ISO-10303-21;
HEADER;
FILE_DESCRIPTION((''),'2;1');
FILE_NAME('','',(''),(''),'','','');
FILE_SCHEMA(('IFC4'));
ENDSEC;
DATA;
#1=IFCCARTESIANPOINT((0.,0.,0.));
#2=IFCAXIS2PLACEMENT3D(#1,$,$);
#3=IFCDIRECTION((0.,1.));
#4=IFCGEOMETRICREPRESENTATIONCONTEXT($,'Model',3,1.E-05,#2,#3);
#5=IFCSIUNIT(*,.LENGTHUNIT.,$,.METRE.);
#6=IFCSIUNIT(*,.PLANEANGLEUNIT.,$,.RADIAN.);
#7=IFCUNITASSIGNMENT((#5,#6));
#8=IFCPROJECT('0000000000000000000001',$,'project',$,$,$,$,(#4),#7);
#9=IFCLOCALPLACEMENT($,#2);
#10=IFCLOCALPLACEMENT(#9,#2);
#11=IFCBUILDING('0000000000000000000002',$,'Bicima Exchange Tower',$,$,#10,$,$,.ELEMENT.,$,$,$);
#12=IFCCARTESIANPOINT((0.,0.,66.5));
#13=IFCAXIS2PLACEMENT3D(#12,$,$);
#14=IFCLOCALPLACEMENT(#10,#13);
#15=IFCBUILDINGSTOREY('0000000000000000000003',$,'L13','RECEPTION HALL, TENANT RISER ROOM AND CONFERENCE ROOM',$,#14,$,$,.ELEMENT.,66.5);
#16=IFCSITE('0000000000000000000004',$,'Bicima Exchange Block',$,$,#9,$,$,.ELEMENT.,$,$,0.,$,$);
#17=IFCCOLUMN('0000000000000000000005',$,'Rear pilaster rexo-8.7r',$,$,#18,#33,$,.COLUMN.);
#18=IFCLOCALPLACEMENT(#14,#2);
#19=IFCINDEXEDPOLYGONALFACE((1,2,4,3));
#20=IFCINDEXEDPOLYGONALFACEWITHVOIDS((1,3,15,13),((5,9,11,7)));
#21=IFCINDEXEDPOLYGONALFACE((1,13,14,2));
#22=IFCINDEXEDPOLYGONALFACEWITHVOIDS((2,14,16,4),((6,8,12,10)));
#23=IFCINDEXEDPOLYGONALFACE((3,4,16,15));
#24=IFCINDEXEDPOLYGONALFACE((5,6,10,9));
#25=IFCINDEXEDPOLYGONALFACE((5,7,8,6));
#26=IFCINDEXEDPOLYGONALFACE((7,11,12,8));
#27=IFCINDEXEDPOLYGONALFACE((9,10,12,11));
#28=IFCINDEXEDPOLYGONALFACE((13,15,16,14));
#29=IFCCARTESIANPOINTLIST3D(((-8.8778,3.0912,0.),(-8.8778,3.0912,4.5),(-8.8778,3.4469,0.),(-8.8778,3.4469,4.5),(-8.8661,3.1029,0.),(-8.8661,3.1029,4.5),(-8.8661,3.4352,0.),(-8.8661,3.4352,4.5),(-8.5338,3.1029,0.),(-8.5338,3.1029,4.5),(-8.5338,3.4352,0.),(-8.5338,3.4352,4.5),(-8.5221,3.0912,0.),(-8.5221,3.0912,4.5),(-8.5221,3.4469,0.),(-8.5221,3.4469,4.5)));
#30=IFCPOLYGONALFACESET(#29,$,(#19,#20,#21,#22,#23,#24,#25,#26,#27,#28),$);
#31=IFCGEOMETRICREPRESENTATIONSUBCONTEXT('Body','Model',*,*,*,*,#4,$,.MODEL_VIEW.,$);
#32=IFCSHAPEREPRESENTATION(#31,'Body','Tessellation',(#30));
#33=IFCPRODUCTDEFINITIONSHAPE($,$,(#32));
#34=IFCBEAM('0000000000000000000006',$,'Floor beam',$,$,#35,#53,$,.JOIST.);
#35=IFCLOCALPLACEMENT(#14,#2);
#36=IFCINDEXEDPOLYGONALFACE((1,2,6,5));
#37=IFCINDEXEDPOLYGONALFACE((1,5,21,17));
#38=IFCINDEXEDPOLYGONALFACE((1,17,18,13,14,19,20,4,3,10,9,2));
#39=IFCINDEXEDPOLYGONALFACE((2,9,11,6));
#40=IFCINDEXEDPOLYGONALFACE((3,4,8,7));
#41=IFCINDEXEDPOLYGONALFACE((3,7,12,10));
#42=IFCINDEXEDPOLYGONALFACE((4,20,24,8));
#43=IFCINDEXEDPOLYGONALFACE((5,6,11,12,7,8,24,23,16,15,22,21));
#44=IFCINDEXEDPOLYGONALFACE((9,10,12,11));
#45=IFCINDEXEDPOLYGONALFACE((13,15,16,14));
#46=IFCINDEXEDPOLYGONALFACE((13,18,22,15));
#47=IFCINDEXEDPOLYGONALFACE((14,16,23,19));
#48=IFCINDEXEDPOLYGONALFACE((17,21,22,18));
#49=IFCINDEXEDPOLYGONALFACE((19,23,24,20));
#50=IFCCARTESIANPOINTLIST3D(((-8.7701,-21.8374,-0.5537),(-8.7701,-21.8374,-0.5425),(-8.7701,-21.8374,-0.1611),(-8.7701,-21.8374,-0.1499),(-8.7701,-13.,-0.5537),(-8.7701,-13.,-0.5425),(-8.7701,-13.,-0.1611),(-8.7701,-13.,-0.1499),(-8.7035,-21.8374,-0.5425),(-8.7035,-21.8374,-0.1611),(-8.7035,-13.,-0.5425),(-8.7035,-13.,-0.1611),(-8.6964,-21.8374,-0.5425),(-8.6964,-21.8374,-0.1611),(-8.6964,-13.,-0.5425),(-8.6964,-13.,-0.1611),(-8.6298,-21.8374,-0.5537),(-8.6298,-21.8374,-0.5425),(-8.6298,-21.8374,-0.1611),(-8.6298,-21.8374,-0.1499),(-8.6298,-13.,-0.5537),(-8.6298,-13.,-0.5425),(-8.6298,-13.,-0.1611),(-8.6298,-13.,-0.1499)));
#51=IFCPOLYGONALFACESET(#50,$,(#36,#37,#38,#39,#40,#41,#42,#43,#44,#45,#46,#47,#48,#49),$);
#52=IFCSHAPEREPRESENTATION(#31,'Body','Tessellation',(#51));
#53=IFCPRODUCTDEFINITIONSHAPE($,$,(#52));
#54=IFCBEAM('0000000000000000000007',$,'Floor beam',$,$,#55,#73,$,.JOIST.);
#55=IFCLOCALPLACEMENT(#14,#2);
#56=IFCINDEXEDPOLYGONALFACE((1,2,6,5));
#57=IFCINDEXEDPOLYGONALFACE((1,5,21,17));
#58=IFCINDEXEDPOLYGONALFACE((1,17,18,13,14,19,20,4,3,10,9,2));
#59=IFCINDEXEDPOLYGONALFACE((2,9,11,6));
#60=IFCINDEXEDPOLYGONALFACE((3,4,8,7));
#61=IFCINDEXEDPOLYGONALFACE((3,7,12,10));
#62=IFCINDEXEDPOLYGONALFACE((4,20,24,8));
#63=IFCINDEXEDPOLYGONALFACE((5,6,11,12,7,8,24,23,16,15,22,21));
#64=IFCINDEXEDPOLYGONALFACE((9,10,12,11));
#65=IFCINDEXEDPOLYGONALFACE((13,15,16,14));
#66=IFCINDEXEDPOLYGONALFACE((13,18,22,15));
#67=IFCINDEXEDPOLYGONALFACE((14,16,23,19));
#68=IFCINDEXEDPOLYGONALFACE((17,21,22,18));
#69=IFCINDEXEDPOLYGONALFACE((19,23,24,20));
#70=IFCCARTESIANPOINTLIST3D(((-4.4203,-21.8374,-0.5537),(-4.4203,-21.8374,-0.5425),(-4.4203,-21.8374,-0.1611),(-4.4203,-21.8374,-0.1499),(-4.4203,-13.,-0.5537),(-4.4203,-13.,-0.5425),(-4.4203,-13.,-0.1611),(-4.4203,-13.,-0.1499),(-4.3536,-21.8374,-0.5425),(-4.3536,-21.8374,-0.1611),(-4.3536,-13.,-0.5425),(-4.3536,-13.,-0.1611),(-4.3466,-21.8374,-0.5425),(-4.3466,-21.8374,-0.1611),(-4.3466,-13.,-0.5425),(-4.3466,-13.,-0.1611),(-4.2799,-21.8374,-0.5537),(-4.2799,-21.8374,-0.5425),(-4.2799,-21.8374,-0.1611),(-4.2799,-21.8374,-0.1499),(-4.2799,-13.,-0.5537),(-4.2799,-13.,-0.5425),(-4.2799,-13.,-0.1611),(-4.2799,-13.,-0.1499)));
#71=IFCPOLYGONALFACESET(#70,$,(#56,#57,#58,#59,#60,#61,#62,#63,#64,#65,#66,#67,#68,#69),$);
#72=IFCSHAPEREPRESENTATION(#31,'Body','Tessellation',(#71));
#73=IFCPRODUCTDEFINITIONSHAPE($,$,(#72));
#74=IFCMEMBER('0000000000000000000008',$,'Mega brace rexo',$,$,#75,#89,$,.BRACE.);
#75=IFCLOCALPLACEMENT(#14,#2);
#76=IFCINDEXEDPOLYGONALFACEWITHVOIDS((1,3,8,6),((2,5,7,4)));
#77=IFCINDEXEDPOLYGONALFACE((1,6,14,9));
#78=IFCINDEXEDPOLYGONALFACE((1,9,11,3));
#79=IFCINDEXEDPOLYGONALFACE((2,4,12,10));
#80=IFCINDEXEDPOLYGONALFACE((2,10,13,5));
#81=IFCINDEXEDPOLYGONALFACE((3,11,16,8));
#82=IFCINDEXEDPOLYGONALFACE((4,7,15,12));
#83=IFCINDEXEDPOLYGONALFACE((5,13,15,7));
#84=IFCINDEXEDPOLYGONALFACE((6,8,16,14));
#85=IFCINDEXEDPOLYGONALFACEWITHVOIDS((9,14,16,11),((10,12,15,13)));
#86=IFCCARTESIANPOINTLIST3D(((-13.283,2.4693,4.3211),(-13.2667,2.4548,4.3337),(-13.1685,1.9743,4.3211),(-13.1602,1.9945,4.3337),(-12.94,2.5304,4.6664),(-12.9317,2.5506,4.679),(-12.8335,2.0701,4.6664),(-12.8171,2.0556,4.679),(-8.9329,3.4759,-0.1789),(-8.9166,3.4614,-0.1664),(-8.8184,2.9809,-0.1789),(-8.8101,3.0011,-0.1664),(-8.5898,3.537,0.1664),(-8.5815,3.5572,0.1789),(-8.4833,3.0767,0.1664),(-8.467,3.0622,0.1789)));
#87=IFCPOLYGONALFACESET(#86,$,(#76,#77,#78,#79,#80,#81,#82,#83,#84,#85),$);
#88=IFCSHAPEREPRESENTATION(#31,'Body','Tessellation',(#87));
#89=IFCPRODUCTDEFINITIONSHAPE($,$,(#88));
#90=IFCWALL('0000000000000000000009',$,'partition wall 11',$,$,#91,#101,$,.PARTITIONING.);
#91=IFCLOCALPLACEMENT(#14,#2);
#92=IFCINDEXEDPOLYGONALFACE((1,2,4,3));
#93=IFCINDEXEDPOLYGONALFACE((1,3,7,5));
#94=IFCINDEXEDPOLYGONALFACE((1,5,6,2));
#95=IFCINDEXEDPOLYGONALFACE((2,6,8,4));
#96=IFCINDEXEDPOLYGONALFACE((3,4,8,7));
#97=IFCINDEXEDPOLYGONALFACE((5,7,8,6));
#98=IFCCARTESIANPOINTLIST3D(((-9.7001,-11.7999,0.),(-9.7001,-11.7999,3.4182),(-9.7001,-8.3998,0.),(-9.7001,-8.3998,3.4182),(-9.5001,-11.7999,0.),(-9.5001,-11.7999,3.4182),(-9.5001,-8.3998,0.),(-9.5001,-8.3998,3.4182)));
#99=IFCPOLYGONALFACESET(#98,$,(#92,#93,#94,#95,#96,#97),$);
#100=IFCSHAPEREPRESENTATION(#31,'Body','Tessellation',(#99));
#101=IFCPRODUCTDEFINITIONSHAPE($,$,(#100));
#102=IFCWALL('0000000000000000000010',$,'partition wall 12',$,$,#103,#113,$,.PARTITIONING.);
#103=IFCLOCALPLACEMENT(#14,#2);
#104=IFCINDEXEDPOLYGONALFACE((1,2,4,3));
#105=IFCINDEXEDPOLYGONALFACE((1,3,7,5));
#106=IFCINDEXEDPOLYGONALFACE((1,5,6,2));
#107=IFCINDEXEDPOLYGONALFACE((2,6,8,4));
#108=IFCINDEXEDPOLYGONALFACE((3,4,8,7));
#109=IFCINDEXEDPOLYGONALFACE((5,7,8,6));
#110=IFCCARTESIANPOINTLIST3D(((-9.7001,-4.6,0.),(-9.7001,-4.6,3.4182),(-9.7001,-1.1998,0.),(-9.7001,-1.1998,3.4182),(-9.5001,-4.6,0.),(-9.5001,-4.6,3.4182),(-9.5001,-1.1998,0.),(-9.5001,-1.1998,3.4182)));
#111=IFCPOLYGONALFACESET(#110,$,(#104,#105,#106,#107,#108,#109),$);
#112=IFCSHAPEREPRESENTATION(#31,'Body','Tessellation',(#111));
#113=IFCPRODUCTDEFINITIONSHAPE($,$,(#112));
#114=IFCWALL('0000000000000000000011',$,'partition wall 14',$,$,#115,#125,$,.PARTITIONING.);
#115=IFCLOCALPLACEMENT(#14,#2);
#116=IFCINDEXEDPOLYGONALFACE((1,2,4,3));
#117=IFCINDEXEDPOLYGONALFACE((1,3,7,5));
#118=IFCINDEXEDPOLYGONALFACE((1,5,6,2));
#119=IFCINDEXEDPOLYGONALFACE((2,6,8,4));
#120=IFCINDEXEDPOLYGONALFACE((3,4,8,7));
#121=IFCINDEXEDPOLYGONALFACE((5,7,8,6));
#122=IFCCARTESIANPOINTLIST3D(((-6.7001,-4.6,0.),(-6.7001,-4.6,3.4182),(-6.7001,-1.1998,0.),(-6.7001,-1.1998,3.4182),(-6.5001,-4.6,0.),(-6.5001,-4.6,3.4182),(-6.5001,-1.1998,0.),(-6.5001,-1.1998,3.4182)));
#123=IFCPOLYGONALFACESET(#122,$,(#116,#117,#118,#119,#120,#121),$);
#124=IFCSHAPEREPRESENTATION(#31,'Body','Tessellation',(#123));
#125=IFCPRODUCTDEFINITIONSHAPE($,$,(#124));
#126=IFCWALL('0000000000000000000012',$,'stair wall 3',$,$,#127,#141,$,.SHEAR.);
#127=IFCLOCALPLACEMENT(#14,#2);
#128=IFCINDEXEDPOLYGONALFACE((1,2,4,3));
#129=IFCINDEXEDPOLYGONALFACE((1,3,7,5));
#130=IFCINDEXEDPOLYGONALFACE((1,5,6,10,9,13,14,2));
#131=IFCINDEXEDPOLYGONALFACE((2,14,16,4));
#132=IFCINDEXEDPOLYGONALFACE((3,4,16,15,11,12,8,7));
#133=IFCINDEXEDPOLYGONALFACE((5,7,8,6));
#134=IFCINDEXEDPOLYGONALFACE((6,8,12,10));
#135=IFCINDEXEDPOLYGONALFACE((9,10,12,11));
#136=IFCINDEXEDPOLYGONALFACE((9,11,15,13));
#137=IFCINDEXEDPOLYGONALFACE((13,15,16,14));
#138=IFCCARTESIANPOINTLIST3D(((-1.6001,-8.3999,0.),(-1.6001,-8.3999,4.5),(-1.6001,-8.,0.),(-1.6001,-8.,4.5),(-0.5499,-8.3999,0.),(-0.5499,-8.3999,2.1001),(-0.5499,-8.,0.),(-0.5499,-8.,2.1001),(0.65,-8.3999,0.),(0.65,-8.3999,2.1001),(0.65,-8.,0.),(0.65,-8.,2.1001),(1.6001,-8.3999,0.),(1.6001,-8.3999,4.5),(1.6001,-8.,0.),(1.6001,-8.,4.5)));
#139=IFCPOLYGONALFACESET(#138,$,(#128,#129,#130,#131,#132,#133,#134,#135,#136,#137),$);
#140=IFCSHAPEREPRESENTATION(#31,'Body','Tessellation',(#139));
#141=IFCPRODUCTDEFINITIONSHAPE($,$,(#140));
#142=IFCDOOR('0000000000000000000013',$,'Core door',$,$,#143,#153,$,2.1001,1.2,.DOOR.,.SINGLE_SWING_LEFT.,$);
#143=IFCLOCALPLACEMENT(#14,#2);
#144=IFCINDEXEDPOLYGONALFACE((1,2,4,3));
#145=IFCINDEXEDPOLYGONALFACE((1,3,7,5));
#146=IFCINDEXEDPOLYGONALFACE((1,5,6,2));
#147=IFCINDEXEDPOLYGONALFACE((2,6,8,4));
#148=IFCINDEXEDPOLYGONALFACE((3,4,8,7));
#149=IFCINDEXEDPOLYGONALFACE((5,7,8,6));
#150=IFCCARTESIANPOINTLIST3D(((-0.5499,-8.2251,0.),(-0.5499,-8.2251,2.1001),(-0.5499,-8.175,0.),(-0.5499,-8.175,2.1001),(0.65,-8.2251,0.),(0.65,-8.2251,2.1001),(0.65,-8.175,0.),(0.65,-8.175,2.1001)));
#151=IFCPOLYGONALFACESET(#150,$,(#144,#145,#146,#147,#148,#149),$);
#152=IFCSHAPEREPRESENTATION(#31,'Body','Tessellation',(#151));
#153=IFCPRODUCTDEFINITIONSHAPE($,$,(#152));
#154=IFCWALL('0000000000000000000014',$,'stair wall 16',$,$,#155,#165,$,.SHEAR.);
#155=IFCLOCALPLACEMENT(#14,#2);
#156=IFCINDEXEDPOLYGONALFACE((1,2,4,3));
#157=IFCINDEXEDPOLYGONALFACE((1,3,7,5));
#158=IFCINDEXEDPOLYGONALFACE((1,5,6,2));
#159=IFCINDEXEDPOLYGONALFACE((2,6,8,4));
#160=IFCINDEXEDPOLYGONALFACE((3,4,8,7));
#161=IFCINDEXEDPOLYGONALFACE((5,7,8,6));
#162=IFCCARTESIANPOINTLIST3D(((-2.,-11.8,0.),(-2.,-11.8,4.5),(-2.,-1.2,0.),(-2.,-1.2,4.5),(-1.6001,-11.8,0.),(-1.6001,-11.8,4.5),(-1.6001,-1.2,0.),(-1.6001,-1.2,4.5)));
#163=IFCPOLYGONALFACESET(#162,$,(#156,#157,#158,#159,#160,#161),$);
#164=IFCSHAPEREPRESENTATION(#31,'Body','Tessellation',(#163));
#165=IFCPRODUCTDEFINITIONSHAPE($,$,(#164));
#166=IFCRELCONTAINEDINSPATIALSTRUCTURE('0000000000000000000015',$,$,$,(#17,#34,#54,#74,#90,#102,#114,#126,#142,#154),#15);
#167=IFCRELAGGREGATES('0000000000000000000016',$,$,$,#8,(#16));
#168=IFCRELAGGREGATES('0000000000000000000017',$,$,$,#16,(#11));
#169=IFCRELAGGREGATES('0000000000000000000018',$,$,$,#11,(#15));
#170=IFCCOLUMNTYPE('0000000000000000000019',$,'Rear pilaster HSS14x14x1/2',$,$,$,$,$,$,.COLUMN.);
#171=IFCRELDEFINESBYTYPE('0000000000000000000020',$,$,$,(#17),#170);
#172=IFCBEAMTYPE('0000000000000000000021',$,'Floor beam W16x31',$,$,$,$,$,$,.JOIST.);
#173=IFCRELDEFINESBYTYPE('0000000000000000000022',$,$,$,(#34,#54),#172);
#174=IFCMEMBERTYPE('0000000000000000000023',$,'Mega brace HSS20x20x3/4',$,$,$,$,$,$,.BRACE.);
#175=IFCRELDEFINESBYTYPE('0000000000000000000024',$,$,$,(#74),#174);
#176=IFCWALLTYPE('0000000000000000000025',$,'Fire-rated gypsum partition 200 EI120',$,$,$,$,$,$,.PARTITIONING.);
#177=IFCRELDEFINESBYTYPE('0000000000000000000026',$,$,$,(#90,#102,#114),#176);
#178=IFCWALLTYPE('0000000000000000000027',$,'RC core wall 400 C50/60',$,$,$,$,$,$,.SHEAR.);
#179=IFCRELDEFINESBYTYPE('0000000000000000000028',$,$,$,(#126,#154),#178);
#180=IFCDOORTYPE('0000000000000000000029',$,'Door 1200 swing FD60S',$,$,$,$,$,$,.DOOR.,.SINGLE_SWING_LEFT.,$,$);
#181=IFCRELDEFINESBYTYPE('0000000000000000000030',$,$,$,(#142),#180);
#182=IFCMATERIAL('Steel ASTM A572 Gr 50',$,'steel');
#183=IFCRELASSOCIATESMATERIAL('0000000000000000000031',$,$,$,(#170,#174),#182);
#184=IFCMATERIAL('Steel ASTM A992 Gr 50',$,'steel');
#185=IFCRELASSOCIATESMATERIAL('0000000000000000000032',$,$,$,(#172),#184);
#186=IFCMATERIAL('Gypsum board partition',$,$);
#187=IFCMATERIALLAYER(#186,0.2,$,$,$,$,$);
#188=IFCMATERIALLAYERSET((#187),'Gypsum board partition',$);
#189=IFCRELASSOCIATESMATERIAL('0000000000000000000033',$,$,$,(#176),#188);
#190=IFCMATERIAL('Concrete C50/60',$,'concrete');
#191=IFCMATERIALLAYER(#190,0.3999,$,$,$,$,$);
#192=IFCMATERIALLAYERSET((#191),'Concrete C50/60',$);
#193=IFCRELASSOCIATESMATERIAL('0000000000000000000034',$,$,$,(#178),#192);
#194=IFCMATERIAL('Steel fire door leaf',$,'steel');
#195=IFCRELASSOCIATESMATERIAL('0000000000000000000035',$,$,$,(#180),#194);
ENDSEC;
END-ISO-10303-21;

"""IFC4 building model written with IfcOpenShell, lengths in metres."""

from ifc_helpers import new_model, si_unit, direction, frame, frame_2d, origin, origin_2d, place, context, subcontext, project, spatial, rectangle, hollow_rectangle, i_section, extrude, material, layer, layer_set, material_profile, profile_set, type_object, element, fill, save


model = new_model("IFC4")

# Units and contexts
model_context = context("Model", 3, precision=1e-05, world=origin(), true_north=direction((0.0, 1.0)))
body_context = subcontext(model_context, "Body", "Model", "MODEL_VIEW")
ifc_project = project(units=[si_unit("LENGTHUNIT", "METRE"), si_unit("PLANEANGLEUNIT", "RADIAN")], contexts=[model_context])

# Site, building, storey
site_placement = place(None, origin())
site = spatial("IfcSite", under=ifc_project, at=site_placement, Name="Bicima Exchange Block", CompositionType="ELEMENT", RefElevation=0.0)
building_placement = place(site_placement, origin())
building = spatial("IfcBuilding", under=site, at=building_placement, Name="Bicima Exchange Tower", CompositionType="ELEMENT")
storey_placement = place(building_placement, frame((0.0, 0.0, 66.5)))
storey = spatial("IfcBuildingStorey", under=building, at=storey_placement, Name="L13", Description="RECEPTION HALL, TENANT RISER ROOM AND CONFERENCE ROOM", CompositionType="ELEMENT", Elevation=66.5)

# Column
ifc_material_1 = material(Name="Steel ASTM A572 Gr 50", Category="steel")
ifc_material_profile_1 = material_profile(ifc_material_1, hollow_rectangle(XDim=0.3557, YDim=0.3557, WallThickness=0.0117, at=origin_2d()))
ifc_profile_set_1 = profile_set([ifc_material_profile_1], Name="Steel ASTM A572 Gr 50")
column_type = type_object("IfcColumnType", Name="Rear pilaster HSS14x14x1/2", PredefinedType="COLUMN", material=ifc_profile_set_1)
column_placement = place(storey_placement, frame((-8.7, 3.269, 0.0), z_axis=(0.0, 0.0, 1.0), x_axis=(1.0, 0.0, 0.0)))
element("IfcColumn", 1, at=column_placement, inside=storey, type_object=column_type, Name="Rear pilaster rexo-8.7r", PredefinedType="COLUMN", context=body_context, shape_type="SweptSolid", body=[
    extrude(hollow_rectangle(XDim=0.3557, YDim=0.3557, WallThickness=0.0117, at=origin_2d()), origin(), (0.0, 0.0, 1.0), 4.5),
])

# Beams
ifc_material_2 = material(Name="Steel ASTM A992 Gr 50", Category="steel")
ifc_material_profile_2 = material_profile(ifc_material_2, i_section(OverallWidth=0.1404, OverallDepth=0.4038, WebThickness=0.0071, FlangeThickness=0.0112, at=origin_2d()))
ifc_profile_set_2 = profile_set([ifc_material_profile_2], Name="Steel ASTM A992 Gr 50")
beam_type = type_object("IfcBeamType", Name="Floor beam W16x31", PredefinedType="JOIST", material=ifc_profile_set_2)
for number, where, z_axis, x_axis, name in (
    (2, (-8.7, -13.0, -0.3518), (0.0, -1.0, 0.0), (1.0, 0.0, 0.0), "Floor beam"),
    (3, (-4.3501, -13.0, -0.3518), (0.0, -1.0, 0.0), (1.0, 0.0, 0.0), "Floor beam"),
):
    element("IfcBeam", number, at=place(storey_placement, frame(where, z_axis=z_axis, x_axis=x_axis)), inside=storey, type_object=beam_type, Name=name, PredefinedType="JOIST", context=body_context, shape_type="SweptSolid", body=[
        extrude(i_section(OverallWidth=0.1404, OverallDepth=0.4038, WebThickness=0.0071, FlangeThickness=0.0112, at=origin_2d()), origin(), (0.0, 0.0, 1.0), 8.8374),
    ])

# Member
ifc_material_profile_3 = material_profile(ifc_material_1, hollow_rectangle(XDim=0.5081, YDim=0.5081, WallThickness=0.0178, at=origin_2d()))
ifc_profile_set_3 = profile_set([ifc_material_profile_3], Name="Steel ASTM A572 Gr 50")
member_type = type_object("IfcMemberType", Name="Mega brace HSS20x20x3/4", PredefinedType="BRACE", material=ifc_profile_set_3)
member_placement = place(storey_placement, frame((-8.7, 3.269, 0.0), z_axis=(-0.686212, -0.158786, 0.709859), x_axis=(0.225439, -0.974257, 0.0)))
element("IfcMember", 4, at=member_placement, inside=storey, type_object=member_type, Name="Mega brace rexo", PredefinedType="BRACE", context=body_context, shape_type="SweptSolid", body=[
    extrude(hollow_rectangle(XDim=0.5081, YDim=0.5081, WallThickness=0.0178, at=origin_2d()), origin(), (0.0, 0.0, 1.0), 6.3394),
])

# Walls
ifc_material_3 = material(Name="Gypsum board partition")
ifc_layer_1 = layer(ifc_material_3, 0.2)
ifc_layer_set_1 = layer_set([ifc_layer_1], Name="Gypsum board partition")
wall_type_1 = type_object("IfcWallType", Name="Fire-rated gypsum partition 200 EI120", PredefinedType="PARTITIONING", material=ifc_layer_set_1)
for number, where, z_axis, x_axis, name in (
    (5, (-9.6001, -11.8, 0.0), (0.0, 0.0, 1.0), (0.0, 1.0, 0.0), "partition wall 11"),
    (6, (-9.6001, -4.6001, 0.0), (0.0, 0.0, 1.0), (0.0, 1.0, 0.0), "partition wall 12"),
    (7, (-6.6001, -4.6001, 0.0), (0.0, 0.0, 1.0), (0.0, 1.0, 0.0), "partition wall 14"),
):
    element("IfcWall", number, at=place(storey_placement, frame(where, z_axis=z_axis, x_axis=x_axis)), inside=storey, type_object=wall_type_1, Name=name, PredefinedType="PARTITIONING", context=body_context, shape_type="SweptSolid", body=[
        extrude(rectangle(XDim=3.4001, YDim=0.2, at=frame_2d((1.7002, 0.0))), origin(), (0.0, 0.0, 1.0), 3.4182),
    ])

# Wall, opening, door
ifc_material_4 = material(Name="Concrete C50/60", Category="concrete")
ifc_layer_2 = layer(ifc_material_4, 0.3999)
ifc_layer_set_2 = layer_set([ifc_layer_2], Name="Concrete C50/60")
wall_type_2 = type_object("IfcWallType", Name="RC core wall 400 C50/60", PredefinedType="SHEAR", material=ifc_layer_set_2)
wall_1_placement = place(storey_placement, frame((-1.6001, -8.2, 0.0), z_axis=(0.0, 0.0, 1.0), x_axis=(1.0, 0.0, 0.0)))
wall_1 = element("IfcWall", 8, at=wall_1_placement, inside=storey, type_object=wall_type_2, Name="stair wall 3", PredefinedType="SHEAR", context=body_context, shape_type="SweptSolid", body=[
    extrude(rectangle(XDim=3.2002, YDim=0.3999, at=frame_2d((1.6001, 0.0))), origin(), (0.0, 0.0, 1.0), 4.5),
])
opening_1_placement = place(wall_1_placement, frame((1.05, 0.0, 0.0)))
opening_1 = element("IfcOpeningElement", 9, at=opening_1_placement, cuts=wall_1, PredefinedType="OPENING", context=body_context, shape_type="SweptSolid", body=[
    extrude(rectangle(XDim=1.2, YDim=2.1001, at=frame_2d((0.6001, 1.05))), frame((0.0, 0.2119, 0.0), z_axis=(0.0, -1.0, 0.0), x_axis=(1.0, 0.0, 0.0)), (0.0, 0.0, 1.0), 0.4238),
])
ifc_material_5 = material(Name="Steel fire door leaf", Category="steel")
door_type_1 = type_object("IfcDoorType", Name="Door 1200 swing FD60S", OperationType="SINGLE_SWING_LEFT", PredefinedType="DOOR", material=ifc_material_5)
door_1_placement = place(opening_1_placement, origin())
door_1 = element("IfcDoor", 10, at=door_1_placement, inside=storey, type_object=door_type_1, Name="Core door", OperationType="SINGLE_SWING_LEFT", OverallHeight=2.1001, OverallWidth=1.2, PredefinedType="DOOR", context=body_context, shape_type="SweptSolid", body=[
    extrude(rectangle(XDim=1.2, YDim=2.1001, at=frame_2d((0.6001, 1.05))), frame((0.0, 0.0249, 0.0), z_axis=(0.0, -1.0, 0.0), x_axis=(1.0, 0.0, 0.0)), (0.0, 0.0, 1.0), 0.05),
])
fill(opening_1, door_1)

# Wall
wall_2_placement = place(storey_placement, frame((-1.8, -11.8, 0.0), z_axis=(0.0, 0.0, 1.0), x_axis=(0.0, 1.0, 0.0)))
element("IfcWall", 11, at=wall_2_placement, inside=storey, type_object=wall_type_2, Name="stair wall 16", PredefinedType="SHEAR", context=body_context, shape_type="SweptSolid", body=[
    extrude(rectangle(XDim=10.6001, YDim=0.3999, at=frame_2d((5.3, 0.0))), origin(), (0.0, 0.0, 1.0), 4.5),
])

save(model, "model.ifc")
